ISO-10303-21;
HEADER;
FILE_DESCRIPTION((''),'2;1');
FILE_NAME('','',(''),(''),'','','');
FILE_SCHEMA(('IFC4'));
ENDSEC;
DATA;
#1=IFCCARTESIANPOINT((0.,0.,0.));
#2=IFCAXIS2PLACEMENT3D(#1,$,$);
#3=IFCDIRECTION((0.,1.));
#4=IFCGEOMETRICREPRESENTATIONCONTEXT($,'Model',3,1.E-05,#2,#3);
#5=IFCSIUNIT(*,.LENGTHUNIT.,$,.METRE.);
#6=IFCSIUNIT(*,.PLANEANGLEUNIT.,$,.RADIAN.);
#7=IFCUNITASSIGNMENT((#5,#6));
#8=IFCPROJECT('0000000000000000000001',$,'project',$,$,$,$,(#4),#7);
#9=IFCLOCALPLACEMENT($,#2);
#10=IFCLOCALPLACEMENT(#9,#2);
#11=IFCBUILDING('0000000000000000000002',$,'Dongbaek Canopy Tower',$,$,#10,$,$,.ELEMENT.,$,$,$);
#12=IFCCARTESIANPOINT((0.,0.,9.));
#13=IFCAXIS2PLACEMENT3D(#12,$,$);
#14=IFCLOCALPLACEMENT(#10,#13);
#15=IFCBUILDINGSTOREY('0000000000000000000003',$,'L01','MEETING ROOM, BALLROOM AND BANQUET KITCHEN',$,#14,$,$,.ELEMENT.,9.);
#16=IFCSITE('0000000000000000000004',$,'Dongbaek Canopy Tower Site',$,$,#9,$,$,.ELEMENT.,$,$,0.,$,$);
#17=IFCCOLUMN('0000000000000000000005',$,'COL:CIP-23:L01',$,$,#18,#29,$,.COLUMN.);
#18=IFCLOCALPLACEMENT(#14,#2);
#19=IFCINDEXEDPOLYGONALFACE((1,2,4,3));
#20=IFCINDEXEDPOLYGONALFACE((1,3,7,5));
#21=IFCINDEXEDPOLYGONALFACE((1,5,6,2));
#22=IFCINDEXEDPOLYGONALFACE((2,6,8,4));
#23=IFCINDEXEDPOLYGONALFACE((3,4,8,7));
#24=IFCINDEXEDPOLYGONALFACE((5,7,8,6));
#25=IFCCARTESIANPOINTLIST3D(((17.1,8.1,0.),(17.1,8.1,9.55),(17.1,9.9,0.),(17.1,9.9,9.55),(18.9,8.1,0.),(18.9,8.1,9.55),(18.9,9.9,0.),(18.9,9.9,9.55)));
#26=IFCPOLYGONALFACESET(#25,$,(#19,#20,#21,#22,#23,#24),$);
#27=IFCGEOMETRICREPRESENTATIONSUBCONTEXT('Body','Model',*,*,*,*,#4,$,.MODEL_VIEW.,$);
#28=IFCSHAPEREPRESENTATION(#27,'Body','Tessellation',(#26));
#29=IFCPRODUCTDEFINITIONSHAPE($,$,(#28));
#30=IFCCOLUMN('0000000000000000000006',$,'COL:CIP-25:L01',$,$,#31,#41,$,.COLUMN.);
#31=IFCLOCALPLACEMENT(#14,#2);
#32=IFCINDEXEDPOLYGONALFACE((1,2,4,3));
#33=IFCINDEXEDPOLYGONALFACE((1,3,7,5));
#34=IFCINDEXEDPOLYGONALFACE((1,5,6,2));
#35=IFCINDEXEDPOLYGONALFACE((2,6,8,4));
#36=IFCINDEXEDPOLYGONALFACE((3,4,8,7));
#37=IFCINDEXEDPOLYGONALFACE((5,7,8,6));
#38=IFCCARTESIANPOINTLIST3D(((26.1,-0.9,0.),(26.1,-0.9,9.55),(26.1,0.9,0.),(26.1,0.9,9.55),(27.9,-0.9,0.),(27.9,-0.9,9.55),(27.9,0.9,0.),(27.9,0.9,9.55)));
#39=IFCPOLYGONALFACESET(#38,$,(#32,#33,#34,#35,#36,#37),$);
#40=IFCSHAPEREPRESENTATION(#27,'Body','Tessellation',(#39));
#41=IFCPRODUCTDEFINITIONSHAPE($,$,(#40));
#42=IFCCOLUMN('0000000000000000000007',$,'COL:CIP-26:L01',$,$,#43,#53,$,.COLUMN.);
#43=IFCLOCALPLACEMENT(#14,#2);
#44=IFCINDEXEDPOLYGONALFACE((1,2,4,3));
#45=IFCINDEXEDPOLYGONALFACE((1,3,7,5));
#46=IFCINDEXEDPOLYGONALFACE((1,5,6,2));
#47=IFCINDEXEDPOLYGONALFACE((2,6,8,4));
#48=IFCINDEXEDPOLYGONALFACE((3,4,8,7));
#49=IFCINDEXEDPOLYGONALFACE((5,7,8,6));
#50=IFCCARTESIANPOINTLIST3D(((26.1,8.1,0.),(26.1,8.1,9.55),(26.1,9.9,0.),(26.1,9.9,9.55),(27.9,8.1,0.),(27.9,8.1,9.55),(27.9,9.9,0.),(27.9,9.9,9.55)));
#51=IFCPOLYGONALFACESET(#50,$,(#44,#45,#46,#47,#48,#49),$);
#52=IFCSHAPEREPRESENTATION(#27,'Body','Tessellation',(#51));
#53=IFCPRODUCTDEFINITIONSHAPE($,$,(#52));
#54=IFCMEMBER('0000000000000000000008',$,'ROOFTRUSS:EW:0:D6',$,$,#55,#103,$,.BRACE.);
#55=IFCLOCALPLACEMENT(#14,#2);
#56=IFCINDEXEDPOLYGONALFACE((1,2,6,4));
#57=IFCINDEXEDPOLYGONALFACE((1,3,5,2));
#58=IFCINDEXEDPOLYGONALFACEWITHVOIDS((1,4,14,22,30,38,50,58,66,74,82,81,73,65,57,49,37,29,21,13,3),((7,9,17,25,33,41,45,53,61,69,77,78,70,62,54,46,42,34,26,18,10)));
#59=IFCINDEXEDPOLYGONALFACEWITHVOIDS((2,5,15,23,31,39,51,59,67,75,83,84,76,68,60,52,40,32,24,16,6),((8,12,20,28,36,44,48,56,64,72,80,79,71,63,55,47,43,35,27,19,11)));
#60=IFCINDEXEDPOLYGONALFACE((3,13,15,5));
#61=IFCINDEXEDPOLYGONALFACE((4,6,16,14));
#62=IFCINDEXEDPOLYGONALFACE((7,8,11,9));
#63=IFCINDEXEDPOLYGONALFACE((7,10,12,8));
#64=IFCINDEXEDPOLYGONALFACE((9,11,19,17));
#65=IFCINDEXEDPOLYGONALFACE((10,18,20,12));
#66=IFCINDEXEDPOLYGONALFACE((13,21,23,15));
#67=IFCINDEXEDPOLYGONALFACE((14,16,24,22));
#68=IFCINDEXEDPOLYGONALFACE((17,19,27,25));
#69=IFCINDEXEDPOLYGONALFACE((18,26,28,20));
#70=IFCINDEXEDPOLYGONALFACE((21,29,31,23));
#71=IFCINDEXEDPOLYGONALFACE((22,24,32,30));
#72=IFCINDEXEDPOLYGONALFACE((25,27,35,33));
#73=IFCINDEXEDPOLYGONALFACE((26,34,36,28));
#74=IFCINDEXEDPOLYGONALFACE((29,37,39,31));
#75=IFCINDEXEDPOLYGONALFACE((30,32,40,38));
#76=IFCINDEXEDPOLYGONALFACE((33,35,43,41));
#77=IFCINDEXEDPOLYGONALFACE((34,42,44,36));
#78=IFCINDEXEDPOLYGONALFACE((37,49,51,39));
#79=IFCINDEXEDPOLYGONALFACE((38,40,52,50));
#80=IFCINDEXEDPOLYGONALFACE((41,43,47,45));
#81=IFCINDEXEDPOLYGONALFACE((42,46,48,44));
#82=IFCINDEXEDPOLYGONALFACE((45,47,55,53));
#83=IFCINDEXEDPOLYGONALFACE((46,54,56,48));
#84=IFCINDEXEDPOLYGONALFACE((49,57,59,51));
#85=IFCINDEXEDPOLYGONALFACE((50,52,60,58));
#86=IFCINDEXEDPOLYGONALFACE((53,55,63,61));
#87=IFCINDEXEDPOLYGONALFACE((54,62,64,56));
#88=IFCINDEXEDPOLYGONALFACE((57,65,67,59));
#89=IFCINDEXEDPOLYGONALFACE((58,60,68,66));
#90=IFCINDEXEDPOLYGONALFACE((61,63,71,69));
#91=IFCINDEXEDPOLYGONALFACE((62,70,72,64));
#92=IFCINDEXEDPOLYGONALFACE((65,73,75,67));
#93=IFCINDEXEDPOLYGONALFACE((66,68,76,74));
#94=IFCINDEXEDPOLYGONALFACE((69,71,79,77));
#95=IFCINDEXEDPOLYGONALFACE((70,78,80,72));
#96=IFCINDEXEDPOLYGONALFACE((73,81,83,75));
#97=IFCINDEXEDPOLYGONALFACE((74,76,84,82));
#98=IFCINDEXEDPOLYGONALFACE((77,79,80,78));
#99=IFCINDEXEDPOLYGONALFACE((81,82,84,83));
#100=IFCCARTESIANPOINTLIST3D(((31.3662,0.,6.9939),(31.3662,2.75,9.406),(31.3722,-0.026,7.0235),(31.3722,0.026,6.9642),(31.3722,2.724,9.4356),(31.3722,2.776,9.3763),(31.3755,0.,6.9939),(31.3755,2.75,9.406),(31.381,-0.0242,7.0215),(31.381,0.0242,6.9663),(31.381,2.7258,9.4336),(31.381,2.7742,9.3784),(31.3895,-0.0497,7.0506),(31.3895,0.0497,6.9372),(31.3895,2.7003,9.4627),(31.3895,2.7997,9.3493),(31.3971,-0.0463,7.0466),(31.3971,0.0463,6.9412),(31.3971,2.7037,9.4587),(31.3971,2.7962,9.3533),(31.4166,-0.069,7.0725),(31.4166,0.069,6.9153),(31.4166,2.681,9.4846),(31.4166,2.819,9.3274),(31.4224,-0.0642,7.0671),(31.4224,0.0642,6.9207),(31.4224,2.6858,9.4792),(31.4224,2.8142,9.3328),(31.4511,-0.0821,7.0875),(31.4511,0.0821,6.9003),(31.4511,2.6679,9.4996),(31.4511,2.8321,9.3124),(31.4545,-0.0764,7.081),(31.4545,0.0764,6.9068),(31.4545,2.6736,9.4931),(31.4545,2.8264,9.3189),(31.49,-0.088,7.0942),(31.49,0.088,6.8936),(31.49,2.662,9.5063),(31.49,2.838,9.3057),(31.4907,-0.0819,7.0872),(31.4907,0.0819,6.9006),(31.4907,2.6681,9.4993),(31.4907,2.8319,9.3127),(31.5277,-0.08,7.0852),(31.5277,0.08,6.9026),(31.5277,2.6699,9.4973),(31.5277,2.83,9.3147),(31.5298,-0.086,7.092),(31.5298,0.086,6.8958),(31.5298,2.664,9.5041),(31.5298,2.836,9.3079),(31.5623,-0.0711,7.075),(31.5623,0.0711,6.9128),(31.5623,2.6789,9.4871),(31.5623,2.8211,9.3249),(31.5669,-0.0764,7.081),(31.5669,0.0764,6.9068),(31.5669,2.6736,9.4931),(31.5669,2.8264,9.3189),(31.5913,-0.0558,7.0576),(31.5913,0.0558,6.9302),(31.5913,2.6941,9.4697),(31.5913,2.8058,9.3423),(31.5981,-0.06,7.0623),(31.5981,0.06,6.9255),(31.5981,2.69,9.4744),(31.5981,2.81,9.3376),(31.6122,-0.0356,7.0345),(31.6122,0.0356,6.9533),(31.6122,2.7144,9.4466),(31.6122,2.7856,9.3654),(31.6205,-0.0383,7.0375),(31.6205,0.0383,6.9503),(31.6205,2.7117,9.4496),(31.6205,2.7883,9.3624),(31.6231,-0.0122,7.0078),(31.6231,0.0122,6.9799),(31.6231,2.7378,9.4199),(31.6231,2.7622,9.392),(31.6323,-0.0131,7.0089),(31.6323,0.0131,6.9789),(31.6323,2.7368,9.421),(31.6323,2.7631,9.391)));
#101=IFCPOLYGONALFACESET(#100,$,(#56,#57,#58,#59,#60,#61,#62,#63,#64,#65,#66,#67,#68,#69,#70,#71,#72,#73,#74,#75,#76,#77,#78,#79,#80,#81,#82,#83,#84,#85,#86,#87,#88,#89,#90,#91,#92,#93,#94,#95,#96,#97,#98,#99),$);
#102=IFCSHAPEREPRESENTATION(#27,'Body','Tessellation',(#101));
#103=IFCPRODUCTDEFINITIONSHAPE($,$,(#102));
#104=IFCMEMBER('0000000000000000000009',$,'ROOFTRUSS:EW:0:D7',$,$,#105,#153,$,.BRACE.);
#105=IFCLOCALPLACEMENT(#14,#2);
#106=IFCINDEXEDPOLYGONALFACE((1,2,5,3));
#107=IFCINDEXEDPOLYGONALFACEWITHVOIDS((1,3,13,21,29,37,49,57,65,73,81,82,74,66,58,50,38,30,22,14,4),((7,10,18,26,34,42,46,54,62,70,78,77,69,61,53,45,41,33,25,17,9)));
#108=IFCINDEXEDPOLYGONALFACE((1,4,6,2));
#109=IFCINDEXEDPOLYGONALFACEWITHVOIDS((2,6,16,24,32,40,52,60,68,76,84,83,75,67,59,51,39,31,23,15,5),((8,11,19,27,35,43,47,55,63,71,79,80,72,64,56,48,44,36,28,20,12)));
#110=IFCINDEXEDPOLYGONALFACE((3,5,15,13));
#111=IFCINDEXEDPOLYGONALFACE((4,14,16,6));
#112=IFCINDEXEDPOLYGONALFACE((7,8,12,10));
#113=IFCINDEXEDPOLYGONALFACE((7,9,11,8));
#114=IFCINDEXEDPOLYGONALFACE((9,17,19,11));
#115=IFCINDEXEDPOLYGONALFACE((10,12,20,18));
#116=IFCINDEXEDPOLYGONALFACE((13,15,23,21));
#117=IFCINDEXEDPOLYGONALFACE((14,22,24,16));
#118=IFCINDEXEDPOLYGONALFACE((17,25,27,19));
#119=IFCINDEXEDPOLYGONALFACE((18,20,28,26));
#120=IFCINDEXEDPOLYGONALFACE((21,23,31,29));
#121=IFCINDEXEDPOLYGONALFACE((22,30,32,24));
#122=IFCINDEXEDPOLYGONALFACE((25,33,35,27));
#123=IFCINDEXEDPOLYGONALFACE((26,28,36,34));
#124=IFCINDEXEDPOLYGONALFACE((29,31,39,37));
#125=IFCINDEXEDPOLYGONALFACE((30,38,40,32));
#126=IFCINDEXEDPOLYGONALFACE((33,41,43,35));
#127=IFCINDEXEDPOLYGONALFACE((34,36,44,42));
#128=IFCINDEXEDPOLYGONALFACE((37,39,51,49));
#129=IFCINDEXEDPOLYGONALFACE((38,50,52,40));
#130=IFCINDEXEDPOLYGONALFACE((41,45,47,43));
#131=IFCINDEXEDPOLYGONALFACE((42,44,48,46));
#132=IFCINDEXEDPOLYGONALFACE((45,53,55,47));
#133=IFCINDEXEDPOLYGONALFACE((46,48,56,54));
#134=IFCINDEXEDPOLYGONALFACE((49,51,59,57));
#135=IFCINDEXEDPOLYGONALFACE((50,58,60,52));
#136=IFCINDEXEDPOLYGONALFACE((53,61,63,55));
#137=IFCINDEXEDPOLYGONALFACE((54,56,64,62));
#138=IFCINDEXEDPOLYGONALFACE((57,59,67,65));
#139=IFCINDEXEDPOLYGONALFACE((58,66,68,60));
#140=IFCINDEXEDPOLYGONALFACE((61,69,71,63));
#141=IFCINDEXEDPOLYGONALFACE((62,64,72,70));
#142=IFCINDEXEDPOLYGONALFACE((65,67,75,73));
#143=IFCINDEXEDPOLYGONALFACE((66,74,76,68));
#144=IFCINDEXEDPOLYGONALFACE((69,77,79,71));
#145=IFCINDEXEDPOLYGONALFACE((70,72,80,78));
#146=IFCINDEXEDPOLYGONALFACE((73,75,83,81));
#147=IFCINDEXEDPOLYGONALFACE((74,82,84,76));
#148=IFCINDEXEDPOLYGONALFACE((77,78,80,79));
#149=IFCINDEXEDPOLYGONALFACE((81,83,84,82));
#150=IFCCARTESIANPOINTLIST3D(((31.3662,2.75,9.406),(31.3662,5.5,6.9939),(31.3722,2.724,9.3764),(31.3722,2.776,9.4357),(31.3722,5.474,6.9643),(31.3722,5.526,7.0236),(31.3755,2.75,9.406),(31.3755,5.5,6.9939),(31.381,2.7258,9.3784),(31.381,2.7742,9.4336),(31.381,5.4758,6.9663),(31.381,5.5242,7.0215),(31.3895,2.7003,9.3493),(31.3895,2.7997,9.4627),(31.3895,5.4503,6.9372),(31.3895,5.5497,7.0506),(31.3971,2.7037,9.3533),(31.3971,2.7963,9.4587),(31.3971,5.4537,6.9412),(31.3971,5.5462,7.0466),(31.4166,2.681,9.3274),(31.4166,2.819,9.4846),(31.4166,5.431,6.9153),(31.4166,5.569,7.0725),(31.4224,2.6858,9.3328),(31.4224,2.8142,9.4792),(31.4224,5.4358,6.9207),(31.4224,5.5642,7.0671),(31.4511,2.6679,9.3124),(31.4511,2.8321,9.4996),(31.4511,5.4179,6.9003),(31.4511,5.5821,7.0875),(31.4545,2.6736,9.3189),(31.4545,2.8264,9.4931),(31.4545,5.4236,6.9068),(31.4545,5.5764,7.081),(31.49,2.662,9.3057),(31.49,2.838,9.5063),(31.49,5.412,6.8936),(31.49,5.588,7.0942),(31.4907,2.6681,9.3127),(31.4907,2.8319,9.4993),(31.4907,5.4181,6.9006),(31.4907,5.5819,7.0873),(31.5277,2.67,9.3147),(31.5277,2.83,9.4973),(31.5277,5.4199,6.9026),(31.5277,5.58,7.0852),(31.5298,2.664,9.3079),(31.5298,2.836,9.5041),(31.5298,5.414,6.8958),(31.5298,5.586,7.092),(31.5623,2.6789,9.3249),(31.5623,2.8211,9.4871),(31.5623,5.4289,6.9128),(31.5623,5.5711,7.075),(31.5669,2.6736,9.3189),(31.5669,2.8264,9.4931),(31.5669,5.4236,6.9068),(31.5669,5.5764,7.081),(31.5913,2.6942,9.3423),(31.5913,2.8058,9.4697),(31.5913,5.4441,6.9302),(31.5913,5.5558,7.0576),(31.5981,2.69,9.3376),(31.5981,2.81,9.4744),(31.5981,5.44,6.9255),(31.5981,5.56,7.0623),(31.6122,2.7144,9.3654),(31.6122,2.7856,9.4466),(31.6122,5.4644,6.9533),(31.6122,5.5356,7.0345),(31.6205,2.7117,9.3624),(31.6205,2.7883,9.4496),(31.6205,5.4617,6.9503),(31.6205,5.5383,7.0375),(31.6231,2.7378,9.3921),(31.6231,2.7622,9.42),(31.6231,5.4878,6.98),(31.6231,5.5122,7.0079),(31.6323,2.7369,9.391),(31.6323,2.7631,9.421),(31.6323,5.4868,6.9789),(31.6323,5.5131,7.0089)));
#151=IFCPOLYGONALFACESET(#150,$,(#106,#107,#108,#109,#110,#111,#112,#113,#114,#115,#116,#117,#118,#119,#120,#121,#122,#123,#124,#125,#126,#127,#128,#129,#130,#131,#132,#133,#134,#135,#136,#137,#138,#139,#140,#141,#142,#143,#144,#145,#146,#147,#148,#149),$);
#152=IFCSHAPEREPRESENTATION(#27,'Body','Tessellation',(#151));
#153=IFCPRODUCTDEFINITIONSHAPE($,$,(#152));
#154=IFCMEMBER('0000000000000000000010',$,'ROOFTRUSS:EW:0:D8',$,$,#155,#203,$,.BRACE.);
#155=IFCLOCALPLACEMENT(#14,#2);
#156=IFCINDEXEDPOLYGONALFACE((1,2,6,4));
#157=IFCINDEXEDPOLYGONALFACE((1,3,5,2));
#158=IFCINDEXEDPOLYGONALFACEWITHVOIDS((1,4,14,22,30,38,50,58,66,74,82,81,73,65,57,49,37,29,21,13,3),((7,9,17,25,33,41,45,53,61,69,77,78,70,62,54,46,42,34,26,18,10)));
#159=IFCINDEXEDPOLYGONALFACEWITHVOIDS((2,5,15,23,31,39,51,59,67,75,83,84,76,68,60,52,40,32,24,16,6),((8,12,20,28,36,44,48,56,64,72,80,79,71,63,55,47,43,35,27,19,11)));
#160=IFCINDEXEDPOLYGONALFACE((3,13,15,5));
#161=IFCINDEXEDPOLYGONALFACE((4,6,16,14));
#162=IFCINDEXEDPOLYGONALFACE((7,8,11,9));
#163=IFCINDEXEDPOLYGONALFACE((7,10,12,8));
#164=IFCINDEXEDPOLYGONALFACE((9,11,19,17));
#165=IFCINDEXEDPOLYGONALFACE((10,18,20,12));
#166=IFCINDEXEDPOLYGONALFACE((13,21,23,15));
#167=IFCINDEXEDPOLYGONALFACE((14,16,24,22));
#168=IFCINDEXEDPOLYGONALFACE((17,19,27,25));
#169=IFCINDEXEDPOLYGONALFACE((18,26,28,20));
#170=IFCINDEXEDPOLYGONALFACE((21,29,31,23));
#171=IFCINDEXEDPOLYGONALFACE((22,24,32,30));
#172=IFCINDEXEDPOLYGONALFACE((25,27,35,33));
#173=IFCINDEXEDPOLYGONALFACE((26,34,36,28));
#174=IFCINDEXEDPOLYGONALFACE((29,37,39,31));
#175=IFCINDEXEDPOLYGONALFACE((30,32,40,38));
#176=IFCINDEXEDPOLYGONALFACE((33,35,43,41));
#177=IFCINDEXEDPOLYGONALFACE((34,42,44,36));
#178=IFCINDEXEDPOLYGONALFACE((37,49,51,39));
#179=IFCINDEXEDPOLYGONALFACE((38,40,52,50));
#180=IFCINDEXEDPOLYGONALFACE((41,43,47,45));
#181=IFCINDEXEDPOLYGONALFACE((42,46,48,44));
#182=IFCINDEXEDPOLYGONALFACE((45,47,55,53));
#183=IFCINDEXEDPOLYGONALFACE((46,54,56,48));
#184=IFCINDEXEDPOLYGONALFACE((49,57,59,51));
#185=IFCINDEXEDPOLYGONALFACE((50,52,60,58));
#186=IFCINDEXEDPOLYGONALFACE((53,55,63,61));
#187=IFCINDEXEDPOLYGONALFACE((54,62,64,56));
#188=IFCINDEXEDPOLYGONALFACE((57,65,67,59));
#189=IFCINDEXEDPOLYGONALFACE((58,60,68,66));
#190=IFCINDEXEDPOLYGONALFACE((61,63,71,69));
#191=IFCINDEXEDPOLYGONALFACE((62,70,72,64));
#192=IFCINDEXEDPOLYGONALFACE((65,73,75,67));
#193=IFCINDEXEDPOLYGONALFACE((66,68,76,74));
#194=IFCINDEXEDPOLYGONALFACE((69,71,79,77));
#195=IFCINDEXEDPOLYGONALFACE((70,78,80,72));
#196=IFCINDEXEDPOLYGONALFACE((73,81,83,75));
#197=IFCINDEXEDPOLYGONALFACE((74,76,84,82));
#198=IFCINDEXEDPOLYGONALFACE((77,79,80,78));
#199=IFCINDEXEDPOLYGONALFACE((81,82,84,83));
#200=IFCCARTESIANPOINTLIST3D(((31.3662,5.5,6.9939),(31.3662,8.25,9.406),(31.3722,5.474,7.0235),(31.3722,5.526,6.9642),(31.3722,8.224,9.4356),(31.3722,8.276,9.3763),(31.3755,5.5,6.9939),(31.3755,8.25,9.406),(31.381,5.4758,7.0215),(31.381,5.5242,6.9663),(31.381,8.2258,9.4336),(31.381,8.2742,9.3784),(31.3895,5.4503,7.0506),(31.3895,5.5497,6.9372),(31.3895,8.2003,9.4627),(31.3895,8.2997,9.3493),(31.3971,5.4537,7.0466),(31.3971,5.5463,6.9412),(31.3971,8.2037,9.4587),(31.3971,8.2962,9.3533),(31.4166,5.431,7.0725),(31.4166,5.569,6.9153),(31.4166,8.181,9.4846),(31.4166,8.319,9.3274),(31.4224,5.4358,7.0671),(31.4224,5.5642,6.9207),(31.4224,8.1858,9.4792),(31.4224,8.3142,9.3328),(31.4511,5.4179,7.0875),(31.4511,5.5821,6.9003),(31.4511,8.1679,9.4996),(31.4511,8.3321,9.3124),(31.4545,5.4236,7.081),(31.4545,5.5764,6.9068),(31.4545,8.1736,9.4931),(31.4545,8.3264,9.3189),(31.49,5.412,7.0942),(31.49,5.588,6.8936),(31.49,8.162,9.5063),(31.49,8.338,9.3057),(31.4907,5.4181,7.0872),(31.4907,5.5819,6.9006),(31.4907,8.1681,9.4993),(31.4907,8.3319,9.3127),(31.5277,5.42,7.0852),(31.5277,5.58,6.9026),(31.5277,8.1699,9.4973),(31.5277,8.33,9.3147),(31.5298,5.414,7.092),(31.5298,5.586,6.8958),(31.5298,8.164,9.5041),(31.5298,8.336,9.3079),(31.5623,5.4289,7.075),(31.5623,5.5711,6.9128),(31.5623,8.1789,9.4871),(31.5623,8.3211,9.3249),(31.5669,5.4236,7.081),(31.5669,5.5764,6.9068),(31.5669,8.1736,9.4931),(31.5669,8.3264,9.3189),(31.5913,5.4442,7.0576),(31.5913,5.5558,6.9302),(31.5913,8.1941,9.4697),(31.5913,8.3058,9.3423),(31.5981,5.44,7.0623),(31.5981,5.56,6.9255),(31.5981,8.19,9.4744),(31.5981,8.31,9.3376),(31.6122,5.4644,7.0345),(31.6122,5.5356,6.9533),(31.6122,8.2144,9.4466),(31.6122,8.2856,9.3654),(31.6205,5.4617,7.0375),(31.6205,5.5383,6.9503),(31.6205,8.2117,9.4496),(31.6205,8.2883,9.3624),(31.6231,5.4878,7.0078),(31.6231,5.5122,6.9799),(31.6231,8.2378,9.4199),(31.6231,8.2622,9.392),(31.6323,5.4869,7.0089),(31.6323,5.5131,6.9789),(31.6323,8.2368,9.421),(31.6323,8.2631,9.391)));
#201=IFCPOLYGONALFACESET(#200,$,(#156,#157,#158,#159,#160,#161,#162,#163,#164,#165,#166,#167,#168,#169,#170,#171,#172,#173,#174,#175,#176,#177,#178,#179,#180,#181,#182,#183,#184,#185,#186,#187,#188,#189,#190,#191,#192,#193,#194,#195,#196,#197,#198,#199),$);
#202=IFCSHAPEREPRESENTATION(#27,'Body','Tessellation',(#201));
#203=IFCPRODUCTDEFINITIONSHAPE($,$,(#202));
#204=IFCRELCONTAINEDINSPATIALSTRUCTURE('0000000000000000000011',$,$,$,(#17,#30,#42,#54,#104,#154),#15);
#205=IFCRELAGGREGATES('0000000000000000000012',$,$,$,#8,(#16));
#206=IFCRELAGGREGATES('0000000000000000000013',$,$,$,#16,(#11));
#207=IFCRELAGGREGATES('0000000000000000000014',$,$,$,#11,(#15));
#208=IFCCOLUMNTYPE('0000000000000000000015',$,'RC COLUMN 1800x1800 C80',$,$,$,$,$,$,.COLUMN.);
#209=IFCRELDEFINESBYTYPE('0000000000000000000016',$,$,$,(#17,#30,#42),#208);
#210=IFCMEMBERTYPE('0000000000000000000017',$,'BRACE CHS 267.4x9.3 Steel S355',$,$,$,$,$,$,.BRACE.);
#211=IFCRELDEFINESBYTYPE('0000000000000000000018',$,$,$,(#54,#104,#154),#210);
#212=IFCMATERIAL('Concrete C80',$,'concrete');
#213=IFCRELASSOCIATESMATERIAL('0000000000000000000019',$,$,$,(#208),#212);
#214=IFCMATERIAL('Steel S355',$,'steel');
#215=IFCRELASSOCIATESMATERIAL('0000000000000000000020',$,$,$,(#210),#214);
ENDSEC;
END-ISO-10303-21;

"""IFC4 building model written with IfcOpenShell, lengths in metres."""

from ifc_helpers import new_model, si_unit, direction, frame, origin, origin_2d, place, context, subcontext, project, spatial, rectangle, hollow_circle, extrude, material, material_profile, profile_set, type_object, element, save


model = new_model("IFC4")

# Units and contexts
model_context = context("Model", 3, precision=1e-05, world=origin(), true_north=direction((0.0, 1.0)))
body_context = subcontext(model_context, "Body", "Model", "MODEL_VIEW")
ifc_project = project(units=[si_unit("LENGTHUNIT", "METRE"), si_unit("PLANEANGLEUNIT", "RADIAN")], contexts=[model_context])

# Site, building, storey
site_placement = place(None, origin())
site = spatial("IfcSite", under=ifc_project, at=site_placement, Name="Dongbaek Canopy Tower Site", CompositionType="ELEMENT", RefElevation=0.0)
building_placement = place(site_placement, origin())
building = spatial("IfcBuilding", under=site, at=building_placement, Name="Dongbaek Canopy Tower", CompositionType="ELEMENT")
storey_placement = place(building_placement, frame((0.0, 0.0, 9.0)))
storey = spatial("IfcBuildingStorey", under=building, at=storey_placement, Name="L01", Description="MEETING ROOM, BALLROOM AND BANQUET KITCHEN", CompositionType="ELEMENT", Elevation=9.0)

# Columns
ifc_material_1 = material(Name="Concrete C80", Category="concrete")
ifc_material_profile_1 = material_profile(ifc_material_1, rectangle(XDim=1.8, YDim=1.8, at=origin_2d()), Name="RC COLUMN 1800x1800 C80")
ifc_profile_set_1 = profile_set([ifc_material_profile_1], Name="Concrete C80")
column_type = type_object("IfcColumnType", Name="RC COLUMN 1800x1800 C80", PredefinedType="COLUMN", material=ifc_profile_set_1)
for number, where, z_axis, x_axis, name in (
    (1, (18.0, 9.0, 0.0), (0.0, 0.0, 1.0), (1.0, 0.0, 0.0), "COL:CIP-23:L01"),
    (2, (27.0, 0.0, 0.0), (0.0, 0.0, 1.0), (1.0, 0.0, 0.0), "COL:CIP-25:L01"),
    (3, (27.0, 9.0, 0.0), (0.0, 0.0, 1.0), (1.0, 0.0, 0.0), "COL:CIP-26:L01"),
):
    element("IfcColumn", number, at=place(storey_placement, frame(where, z_axis=z_axis, x_axis=x_axis)), inside=storey, type_object=column_type, Name=name, PredefinedType="COLUMN", context=body_context, shape_type="SweptSolid", body=[
        extrude(rectangle(XDim=1.8, YDim=1.8, at=origin_2d()), origin(), (0.0, 0.0, 1.0), 9.55),
    ])

# Members
ifc_material_2 = material(Name="Steel S355", Category="steel")
ifc_material_profile_2 = material_profile(ifc_material_2, hollow_circle(Radius=0.1338, WallThickness=0.0093, at=origin_2d()), Name="BRACE CHS 267.4x9.3 Steel S355")
ifc_profile_set_2 = profile_set([ifc_material_profile_2], Name="Steel S355")
member_type_1 = type_object("IfcMemberType", Name="BRACE CHS 267.4x9.3 Steel S355", PredefinedType="BRACE", material=ifc_profile_set_2)
for number, where, z_axis, x_axis, name in (
    (4, (31.5, 0.0, 6.9939), (0.0, 0.751782, 0.659411), (-1.0, 0.0, 0.0), "ROOFTRUSS:EW:0:D6"),
    (5, (31.5, 2.75, 9.406), (0.0, 0.751782, -0.659411), (-1.0, 0.0, 0.0), "ROOFTRUSS:EW:0:D7"),
    (6, (31.5, 5.5, 6.9939), (0.0, 0.751782, 0.659411), (-1.0, 0.0, 0.0), "ROOFTRUSS:EW:0:D8"),
):
    element("IfcMember", number, at=place(storey_placement, frame(where, z_axis=z_axis, x_axis=x_axis)), inside=storey, type_object=member_type_1, Name=name, PredefinedType="BRACE", context=body_context, shape_type="SweptSolid", body=[
        extrude(hollow_circle(Radius=0.1338, WallThickness=0.0093, at=origin_2d()), origin(), (0.0, 0.0, 1.0), 3.658),
    ])

save(model, "model.ifc")
